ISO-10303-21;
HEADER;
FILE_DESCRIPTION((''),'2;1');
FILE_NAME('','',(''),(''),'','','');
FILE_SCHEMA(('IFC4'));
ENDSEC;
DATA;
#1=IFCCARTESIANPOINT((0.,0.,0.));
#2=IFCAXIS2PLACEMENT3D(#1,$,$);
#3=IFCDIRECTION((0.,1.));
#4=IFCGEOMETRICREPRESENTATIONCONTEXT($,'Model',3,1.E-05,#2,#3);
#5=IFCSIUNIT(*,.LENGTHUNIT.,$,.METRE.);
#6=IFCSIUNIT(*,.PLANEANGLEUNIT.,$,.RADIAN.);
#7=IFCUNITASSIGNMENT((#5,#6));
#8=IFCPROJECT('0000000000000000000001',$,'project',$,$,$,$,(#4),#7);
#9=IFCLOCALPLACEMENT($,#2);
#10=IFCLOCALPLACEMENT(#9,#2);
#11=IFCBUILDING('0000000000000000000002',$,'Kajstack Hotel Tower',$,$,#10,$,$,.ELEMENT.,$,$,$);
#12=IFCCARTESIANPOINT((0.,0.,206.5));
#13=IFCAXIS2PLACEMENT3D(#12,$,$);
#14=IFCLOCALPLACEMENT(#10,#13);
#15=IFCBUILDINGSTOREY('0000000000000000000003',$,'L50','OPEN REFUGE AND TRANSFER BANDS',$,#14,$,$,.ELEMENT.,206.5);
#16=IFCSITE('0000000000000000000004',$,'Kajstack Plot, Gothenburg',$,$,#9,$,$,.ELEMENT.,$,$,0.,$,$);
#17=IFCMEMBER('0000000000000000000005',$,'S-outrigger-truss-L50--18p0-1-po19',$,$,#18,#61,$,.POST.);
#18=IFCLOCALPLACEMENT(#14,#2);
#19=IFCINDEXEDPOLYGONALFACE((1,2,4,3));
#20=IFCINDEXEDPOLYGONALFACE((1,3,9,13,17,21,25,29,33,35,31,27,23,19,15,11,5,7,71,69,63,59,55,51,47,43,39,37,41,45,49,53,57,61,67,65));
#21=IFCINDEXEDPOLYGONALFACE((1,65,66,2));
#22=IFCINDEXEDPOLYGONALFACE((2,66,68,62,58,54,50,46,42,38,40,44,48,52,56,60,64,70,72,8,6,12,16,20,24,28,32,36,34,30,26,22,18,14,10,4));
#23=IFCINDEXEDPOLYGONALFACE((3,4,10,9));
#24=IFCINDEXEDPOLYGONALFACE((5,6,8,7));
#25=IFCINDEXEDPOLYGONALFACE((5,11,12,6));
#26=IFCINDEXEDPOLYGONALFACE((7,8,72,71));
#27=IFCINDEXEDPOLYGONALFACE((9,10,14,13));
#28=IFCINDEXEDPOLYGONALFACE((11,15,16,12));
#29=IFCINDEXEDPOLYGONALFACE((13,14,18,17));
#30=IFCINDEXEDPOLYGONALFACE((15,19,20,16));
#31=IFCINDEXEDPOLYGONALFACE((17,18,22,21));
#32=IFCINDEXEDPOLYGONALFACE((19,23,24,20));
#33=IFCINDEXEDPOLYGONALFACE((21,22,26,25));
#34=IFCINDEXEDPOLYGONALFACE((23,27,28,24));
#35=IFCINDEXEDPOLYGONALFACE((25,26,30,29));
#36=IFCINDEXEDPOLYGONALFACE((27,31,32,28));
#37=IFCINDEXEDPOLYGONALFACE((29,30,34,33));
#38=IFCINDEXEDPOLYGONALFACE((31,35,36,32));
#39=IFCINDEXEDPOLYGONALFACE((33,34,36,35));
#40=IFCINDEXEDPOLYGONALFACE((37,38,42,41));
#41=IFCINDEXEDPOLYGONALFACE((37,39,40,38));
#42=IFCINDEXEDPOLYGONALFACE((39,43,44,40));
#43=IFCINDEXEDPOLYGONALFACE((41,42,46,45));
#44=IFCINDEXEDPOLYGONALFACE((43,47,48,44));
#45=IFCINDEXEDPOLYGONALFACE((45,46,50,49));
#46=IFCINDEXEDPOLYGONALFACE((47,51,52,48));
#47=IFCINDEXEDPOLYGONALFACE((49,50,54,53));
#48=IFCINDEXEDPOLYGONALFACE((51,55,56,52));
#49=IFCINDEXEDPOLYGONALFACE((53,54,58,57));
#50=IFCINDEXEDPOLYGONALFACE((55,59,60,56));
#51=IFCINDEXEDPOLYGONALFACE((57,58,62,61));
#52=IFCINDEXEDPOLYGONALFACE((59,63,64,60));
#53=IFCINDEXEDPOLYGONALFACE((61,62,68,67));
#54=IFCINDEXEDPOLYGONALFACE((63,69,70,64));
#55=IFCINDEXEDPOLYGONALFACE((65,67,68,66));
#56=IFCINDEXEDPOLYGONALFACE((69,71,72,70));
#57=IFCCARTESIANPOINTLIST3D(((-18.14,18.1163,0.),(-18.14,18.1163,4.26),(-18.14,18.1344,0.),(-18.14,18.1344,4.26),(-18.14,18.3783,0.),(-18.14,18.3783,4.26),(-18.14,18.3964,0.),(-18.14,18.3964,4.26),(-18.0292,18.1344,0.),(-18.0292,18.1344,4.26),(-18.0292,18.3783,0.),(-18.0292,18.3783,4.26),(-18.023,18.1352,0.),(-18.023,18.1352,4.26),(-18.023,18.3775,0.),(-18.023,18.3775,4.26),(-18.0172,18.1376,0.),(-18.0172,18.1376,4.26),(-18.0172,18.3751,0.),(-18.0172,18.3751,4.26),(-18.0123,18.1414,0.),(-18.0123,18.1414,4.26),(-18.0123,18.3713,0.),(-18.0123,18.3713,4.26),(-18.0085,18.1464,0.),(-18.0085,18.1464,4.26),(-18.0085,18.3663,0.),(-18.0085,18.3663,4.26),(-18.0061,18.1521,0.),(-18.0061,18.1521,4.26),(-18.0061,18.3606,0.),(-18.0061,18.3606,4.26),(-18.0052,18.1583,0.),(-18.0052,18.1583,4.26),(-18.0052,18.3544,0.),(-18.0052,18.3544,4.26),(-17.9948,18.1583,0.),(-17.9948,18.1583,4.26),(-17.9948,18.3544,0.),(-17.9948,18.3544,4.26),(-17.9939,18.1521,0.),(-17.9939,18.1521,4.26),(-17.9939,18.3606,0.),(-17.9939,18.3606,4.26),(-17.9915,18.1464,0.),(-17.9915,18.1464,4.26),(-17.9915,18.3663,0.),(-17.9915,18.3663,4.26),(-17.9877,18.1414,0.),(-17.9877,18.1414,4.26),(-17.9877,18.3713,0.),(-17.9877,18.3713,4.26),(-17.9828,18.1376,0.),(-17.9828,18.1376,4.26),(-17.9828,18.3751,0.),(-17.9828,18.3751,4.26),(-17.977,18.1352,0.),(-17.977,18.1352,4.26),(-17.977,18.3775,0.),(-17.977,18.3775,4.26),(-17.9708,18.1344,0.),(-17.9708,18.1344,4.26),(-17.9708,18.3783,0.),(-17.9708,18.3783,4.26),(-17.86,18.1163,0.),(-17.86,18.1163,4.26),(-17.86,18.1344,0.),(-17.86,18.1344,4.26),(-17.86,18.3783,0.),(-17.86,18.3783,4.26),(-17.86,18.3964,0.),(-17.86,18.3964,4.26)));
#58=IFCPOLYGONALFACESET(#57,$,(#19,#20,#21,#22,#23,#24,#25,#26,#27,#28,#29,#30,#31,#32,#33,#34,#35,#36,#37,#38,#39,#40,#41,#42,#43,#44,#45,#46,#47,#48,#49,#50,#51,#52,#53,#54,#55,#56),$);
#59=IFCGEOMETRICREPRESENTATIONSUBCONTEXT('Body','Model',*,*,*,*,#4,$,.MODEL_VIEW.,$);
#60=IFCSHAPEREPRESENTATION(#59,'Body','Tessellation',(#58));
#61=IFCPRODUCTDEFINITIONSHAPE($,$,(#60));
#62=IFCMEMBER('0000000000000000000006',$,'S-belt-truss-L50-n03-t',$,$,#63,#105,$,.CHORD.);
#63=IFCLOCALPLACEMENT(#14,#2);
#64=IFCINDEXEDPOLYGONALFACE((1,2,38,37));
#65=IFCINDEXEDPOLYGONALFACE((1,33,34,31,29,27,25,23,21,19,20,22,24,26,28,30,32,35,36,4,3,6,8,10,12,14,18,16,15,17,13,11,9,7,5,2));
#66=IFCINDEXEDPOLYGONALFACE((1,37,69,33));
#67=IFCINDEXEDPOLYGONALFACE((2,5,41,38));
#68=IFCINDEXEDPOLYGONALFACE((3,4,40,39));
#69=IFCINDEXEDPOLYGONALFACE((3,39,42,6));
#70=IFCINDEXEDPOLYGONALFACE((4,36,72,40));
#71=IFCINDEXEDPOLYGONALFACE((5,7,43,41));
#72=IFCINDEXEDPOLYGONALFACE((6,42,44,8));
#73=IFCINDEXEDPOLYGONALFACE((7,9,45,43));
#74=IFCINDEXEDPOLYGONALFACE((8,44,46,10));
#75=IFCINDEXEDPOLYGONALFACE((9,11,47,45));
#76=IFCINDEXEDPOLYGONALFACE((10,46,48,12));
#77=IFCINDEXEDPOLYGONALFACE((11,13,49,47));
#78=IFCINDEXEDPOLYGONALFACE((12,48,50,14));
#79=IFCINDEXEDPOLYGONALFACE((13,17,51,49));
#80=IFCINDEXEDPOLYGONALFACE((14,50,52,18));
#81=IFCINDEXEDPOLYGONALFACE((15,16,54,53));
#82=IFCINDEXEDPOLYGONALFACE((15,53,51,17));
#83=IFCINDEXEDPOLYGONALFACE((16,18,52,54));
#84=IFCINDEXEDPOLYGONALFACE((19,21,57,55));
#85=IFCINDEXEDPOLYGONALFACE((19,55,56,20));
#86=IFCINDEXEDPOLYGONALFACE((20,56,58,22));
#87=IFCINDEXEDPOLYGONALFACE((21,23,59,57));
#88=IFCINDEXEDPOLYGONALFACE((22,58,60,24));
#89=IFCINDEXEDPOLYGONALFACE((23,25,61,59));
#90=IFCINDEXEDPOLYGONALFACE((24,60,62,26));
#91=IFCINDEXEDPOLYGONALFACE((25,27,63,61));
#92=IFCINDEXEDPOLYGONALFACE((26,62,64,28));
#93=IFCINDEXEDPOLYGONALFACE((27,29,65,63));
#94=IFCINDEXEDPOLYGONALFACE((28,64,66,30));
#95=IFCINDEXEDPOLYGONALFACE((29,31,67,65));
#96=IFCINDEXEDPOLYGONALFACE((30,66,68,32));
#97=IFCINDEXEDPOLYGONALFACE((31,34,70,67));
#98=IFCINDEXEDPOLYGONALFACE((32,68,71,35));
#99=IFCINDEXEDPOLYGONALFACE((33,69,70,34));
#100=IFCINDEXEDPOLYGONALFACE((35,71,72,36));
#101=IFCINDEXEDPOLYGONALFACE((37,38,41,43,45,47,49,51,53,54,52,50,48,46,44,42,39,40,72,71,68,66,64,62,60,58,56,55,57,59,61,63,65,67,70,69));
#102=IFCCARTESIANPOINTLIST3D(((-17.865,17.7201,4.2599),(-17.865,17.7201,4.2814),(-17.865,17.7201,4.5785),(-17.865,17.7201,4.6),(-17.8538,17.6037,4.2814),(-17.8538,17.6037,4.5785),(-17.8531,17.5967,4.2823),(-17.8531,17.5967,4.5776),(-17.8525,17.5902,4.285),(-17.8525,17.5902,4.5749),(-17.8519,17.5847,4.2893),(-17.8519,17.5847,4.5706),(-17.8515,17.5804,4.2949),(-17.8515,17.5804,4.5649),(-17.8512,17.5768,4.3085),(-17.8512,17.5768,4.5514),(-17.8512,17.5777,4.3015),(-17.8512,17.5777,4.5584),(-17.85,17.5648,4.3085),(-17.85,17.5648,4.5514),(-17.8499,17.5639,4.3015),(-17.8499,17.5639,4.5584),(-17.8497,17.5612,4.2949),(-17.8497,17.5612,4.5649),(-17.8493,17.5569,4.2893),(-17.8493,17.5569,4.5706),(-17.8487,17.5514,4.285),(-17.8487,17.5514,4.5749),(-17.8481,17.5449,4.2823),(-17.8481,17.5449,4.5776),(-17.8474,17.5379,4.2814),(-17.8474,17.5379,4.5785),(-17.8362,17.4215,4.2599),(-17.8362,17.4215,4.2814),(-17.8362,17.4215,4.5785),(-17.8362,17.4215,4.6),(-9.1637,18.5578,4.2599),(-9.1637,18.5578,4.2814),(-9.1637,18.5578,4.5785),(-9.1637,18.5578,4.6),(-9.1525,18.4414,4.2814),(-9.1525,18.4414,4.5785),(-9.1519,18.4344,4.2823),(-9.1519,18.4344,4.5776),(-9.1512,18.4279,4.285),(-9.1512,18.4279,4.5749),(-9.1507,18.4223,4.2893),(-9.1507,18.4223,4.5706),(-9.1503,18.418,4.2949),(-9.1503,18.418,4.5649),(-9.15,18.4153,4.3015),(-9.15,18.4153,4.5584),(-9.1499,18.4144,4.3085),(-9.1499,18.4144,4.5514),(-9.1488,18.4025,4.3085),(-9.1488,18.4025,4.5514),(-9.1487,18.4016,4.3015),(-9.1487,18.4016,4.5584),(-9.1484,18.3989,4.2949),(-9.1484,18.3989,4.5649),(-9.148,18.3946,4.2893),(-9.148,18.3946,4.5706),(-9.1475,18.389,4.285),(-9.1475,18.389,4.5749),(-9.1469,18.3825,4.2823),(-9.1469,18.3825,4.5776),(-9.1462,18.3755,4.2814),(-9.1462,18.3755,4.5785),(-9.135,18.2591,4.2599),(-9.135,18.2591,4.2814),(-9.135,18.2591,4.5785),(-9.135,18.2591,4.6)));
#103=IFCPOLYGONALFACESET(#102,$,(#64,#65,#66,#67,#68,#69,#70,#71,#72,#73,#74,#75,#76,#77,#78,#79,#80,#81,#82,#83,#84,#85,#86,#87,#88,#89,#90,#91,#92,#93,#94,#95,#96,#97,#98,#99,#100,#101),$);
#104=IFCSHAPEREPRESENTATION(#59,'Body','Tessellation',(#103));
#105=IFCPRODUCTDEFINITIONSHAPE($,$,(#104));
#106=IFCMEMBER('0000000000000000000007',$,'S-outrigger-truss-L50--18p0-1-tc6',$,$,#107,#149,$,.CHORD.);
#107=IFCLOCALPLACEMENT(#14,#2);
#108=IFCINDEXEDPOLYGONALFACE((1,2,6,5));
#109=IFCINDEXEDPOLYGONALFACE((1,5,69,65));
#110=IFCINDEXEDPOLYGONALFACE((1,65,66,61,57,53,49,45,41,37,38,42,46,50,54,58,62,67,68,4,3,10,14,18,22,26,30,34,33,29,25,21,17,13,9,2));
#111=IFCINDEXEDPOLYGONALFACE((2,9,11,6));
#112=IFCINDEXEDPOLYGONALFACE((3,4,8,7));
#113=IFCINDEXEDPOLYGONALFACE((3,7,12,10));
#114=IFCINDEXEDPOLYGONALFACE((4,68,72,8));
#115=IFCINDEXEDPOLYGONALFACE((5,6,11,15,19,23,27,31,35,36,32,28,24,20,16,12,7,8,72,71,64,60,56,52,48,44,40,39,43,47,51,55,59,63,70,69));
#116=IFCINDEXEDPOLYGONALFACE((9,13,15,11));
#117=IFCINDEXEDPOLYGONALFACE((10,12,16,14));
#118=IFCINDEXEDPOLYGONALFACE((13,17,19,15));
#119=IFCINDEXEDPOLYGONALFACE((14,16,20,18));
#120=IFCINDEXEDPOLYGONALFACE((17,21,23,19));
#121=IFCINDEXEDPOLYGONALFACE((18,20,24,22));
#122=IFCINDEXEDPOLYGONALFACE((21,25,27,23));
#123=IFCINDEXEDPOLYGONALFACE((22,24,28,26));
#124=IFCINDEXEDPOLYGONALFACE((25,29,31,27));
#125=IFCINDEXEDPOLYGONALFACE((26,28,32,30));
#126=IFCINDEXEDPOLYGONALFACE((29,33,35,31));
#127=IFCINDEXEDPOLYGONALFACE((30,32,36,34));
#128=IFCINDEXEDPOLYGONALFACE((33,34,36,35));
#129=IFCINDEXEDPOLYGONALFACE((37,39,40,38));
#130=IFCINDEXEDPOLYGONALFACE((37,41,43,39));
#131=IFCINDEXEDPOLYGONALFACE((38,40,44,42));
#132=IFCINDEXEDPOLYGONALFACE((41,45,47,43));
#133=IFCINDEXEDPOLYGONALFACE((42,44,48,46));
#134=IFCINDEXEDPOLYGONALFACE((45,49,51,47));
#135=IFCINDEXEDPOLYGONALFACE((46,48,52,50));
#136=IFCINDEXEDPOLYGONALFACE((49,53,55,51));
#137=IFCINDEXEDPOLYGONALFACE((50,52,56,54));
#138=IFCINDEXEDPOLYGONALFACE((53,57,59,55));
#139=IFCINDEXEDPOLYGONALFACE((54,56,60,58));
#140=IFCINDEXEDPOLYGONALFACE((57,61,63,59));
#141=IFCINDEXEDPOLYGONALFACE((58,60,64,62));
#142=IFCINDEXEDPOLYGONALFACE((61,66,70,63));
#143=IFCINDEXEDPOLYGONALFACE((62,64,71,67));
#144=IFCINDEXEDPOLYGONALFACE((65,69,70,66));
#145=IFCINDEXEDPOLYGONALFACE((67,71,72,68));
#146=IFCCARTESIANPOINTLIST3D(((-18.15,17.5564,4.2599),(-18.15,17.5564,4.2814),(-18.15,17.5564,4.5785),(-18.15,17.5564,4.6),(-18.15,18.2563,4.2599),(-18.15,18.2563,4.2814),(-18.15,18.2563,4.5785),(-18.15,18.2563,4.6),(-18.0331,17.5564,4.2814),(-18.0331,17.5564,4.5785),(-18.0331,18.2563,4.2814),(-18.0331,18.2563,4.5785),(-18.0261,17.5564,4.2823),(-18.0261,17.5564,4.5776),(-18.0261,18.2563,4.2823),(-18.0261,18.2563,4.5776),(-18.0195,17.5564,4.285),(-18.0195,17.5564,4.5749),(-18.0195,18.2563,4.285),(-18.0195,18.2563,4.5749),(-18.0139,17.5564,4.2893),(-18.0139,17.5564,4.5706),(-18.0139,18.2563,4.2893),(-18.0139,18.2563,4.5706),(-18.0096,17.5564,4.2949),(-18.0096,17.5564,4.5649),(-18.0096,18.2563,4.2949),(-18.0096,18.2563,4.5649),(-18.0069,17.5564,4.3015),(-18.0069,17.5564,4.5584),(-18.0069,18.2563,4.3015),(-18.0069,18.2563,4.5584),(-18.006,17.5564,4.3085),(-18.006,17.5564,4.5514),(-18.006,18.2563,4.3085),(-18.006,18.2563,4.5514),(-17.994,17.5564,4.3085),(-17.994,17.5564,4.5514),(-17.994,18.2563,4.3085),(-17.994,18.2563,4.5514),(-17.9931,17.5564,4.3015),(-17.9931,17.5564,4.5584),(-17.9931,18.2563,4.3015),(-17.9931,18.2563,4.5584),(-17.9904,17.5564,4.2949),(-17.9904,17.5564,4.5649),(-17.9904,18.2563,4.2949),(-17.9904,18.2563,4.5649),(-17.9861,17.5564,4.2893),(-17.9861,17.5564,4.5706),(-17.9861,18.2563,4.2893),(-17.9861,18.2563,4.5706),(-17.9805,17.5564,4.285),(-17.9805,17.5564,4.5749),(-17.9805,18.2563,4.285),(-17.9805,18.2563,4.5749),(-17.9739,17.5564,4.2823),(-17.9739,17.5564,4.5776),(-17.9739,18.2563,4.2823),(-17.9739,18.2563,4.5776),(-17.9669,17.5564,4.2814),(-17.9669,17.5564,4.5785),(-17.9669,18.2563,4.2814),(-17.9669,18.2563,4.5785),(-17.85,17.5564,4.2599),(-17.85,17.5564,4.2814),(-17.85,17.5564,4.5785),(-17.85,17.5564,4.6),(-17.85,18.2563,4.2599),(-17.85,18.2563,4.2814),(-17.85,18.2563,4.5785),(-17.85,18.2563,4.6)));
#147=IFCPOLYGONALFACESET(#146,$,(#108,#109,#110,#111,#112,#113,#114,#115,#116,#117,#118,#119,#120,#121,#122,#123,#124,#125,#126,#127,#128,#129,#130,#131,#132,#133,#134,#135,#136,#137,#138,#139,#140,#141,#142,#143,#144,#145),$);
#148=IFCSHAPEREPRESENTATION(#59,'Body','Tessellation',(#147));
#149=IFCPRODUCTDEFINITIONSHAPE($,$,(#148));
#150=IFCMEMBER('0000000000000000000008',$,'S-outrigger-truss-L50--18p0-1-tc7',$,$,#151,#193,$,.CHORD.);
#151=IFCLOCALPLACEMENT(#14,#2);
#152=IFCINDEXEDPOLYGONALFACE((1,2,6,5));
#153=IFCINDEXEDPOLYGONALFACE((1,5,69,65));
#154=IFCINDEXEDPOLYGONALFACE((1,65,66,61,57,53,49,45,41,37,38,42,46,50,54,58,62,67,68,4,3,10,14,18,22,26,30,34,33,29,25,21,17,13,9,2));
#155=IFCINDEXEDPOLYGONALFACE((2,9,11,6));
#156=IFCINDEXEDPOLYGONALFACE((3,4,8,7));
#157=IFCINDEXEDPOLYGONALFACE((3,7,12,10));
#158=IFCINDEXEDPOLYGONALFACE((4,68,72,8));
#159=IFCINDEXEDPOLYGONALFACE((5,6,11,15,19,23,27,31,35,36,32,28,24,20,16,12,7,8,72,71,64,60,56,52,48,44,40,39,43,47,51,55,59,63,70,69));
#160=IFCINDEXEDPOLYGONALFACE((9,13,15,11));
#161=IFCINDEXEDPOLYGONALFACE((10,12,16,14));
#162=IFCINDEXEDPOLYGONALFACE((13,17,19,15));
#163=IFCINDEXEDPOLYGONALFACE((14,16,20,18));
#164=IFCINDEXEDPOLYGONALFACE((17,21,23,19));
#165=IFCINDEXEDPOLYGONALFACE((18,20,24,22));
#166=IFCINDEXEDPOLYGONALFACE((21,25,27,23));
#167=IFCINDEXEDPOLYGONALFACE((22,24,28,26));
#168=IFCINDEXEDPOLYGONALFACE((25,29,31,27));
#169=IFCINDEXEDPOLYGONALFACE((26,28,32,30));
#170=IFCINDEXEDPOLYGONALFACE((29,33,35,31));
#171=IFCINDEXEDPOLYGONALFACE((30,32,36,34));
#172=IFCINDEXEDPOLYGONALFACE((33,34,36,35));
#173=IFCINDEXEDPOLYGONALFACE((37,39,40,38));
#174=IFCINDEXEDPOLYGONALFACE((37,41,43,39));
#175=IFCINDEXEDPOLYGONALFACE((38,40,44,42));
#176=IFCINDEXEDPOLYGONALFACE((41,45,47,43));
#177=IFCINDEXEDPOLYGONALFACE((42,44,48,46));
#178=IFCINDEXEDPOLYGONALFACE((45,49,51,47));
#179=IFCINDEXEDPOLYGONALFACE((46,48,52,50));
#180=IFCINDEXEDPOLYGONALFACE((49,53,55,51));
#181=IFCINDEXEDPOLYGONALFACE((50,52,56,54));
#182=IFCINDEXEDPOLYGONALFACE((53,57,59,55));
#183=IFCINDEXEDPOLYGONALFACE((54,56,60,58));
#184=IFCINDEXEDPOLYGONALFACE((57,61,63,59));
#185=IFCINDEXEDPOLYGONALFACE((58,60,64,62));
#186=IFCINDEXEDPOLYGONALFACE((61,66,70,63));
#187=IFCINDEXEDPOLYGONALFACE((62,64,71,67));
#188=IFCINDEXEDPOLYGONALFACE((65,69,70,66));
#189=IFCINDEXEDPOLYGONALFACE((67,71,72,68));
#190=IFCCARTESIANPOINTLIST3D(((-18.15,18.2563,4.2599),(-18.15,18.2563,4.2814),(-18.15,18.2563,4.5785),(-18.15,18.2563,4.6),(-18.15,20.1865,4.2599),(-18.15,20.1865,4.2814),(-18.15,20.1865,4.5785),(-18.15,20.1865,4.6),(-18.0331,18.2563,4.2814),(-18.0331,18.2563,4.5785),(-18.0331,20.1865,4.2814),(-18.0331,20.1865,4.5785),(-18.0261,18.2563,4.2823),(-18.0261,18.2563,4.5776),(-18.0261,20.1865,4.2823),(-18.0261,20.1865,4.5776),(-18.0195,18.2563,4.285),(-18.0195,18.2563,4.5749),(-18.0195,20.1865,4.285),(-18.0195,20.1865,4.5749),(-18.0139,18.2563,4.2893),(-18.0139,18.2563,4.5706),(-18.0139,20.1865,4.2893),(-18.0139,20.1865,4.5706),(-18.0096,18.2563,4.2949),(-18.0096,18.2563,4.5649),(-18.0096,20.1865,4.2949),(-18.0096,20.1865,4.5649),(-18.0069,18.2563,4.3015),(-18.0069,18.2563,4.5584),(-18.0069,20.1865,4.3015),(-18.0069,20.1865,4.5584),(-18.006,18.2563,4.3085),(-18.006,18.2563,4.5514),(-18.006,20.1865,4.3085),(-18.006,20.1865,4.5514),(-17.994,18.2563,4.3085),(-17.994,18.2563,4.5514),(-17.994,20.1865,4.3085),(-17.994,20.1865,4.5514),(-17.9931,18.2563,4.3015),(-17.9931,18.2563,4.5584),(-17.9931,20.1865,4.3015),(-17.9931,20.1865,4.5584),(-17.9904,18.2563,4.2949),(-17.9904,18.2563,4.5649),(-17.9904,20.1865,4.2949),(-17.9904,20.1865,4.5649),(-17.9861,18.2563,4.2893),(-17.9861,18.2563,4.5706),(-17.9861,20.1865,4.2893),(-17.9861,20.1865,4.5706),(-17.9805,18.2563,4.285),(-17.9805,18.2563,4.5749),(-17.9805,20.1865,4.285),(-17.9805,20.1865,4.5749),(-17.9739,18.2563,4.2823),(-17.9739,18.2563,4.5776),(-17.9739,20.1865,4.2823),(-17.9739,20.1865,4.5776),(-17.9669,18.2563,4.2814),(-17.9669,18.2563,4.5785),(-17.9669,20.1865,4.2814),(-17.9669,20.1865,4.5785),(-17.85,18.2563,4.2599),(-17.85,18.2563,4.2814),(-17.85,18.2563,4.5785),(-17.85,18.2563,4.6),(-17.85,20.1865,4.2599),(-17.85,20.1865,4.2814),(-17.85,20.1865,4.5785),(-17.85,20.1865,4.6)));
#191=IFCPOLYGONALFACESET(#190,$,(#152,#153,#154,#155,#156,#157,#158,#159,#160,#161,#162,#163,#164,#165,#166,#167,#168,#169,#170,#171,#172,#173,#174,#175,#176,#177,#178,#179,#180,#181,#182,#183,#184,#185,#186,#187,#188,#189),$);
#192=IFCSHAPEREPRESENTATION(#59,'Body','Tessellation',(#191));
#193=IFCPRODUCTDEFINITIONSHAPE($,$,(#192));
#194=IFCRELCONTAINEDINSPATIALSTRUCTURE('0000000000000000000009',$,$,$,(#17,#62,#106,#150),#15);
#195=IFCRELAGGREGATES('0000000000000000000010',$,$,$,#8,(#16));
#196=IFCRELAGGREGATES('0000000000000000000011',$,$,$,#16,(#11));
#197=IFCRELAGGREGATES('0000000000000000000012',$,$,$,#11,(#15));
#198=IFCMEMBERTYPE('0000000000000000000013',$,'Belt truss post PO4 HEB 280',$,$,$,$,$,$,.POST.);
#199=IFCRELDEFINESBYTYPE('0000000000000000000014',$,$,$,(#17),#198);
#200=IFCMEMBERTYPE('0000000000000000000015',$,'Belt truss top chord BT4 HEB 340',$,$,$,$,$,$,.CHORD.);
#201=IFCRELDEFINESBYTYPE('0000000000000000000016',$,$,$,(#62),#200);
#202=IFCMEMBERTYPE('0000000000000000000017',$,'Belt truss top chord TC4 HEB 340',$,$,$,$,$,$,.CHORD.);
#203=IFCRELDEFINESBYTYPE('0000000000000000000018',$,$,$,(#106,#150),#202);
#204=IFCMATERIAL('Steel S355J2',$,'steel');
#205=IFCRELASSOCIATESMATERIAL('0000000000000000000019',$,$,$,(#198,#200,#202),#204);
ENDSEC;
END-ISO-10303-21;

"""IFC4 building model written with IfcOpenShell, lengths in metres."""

from ifc_helpers import new_model, si_unit, direction, frame, origin, origin_2d, place, context, subcontext, project, spatial, i_section, extrude, material, material_profile, profile_set, type_object, element, save


model = new_model("IFC4")

# Units and contexts
model_context = context("Model", 3, precision=1e-05, world=origin(), true_north=direction((0.0, 1.0)))
body_context = subcontext(model_context, "Body", "Model", "MODEL_VIEW")
ifc_project = project(units=[si_unit("LENGTHUNIT", "METRE"), si_unit("PLANEANGLEUNIT", "RADIAN")], contexts=[model_context])

# Site, building, storey
site_placement = place(None, origin())
site = spatial("IfcSite", under=ifc_project, at=site_placement, Name="Kajstack Plot, Gothenburg", CompositionType="ELEMENT", RefElevation=0.0)
building_placement = place(site_placement, origin())
building = spatial("IfcBuilding", under=site, at=building_placement, Name="Kajstack Hotel Tower", CompositionType="ELEMENT")
storey_placement = place(building_placement, frame((0.0, 0.0, 206.5)))
storey = spatial("IfcBuildingStorey", under=building, at=storey_placement, Name="L50", Description="OPEN REFUGE AND TRANSFER BANDS", CompositionType="ELEMENT", Elevation=206.5)

# Members
ifc_material = material(Name="Steel S355J2", Category="steel")
ifc_material_profile_1 = material_profile(ifc_material, i_section(OverallWidth=0.28, OverallDepth=0.28, WebThickness=0.0105, FlangeThickness=0.0181, FilletRadius=0.0239, at=origin_2d()), Name="HEB 280")
ifc_profile_set_1 = profile_set([ifc_material_profile_1], Name="Steel S355J2")
member_type_1 = type_object("IfcMemberType", Name="Belt truss post PO4 HEB 280", PredefinedType="POST", material=ifc_profile_set_1)
for number, where, z_axis, x_axis, name in (
    (1, (-18.0, 18.2563, 0.0), (0.0, 0.0, 1.0), (1.0, 0.0, 0.0), "S-outrigger-truss-L50--18p0-1-po19"),
):
    element("IfcMember", number, at=place(storey_placement, frame(where, z_axis=z_axis, x_axis=x_axis)), inside=storey, type_object=member_type_1, Name=name, PredefinedType="POST", context=body_context, shape_type="SweptSolid", body=[
        extrude(i_section(OverallWidth=0.28, OverallDepth=0.28, WebThickness=0.0105, FlangeThickness=0.0181, FilletRadius=0.0239, at=origin_2d()), origin(), (0.0, 0.0, 1.0), 4.26),
    ])
ifc_material_profile_2 = material_profile(ifc_material, i_section(OverallWidth=0.3, OverallDepth=0.3401, WebThickness=0.012, FlangeThickness=0.0215, FilletRadius=0.0271, at=origin_2d()), Name="HEB 340")
ifc_profile_set_2 = profile_set([ifc_material_profile_2], Name="Steel S355J2")
member_type_2 = type_object("IfcMemberType", Name="Belt truss top chord BT4 HEB 340", PredefinedType="CHORD", material=ifc_profile_set_2)
member_1_placement = place(storey_placement, frame((-17.8506, 17.5708, 4.4299), z_axis=(0.995398, 0.095825, 0.0), x_axis=(-0.095825, 0.995398, 0.0)))
element("IfcMember", 2, at=member_1_placement, inside=storey, type_object=member_type_2, Name="S-belt-truss-L50-n03-t", PredefinedType="CHORD", context=body_context, shape_type="SweptSolid", body=[
    extrude(i_section(OverallWidth=0.3, OverallDepth=0.3401, WebThickness=0.012, FlangeThickness=0.0215, FilletRadius=0.0271, at=origin_2d()), origin(), (0.0, 0.0, 1.0), 8.7415),
])
ifc_material_profile_3 = material_profile(ifc_material, i_section(OverallWidth=0.3, OverallDepth=0.3401, WebThickness=0.012, FlangeThickness=0.0215, FilletRadius=0.0271, at=origin_2d()), Name="HEB 340")
ifc_profile_set_3 = profile_set([ifc_material_profile_3], Name="Steel S355J2")
member_type_3 = type_object("IfcMemberType", Name="Belt truss top chord TC4 HEB 340", PredefinedType="CHORD", material=ifc_profile_set_3)
member_2_placement = place(storey_placement, frame((-18.0, 17.5564, 4.4299), z_axis=(0.0, 1.0, 0.0), x_axis=(-1.0, 0.0, 0.0)))
element("IfcMember", 3, at=member_2_placement, inside=storey, type_object=member_type_3, Name="S-outrigger-truss-L50--18p0-1-tc6", PredefinedType="CHORD", context=body_context, shape_type="SweptSolid", body=[
    extrude(i_section(OverallWidth=0.3, OverallDepth=0.3401, WebThickness=0.012, FlangeThickness=0.0215, FilletRadius=0.0271, at=origin_2d()), origin(), (0.0, 0.0, 1.0), 0.7),
])
member_3_placement = place(storey_placement, frame((-18.0, 18.2563, 4.4299), z_axis=(0.0, 1.0, 0.0), x_axis=(-1.0, 0.0, 0.0)))
element("IfcMember", 4, at=member_3_placement, inside=storey, type_object=member_type_3, Name="S-outrigger-truss-L50--18p0-1-tc7", PredefinedType="CHORD", context=body_context, shape_type="SweptSolid", body=[
    extrude(i_section(OverallWidth=0.3, OverallDepth=0.3401, WebThickness=0.012, FlangeThickness=0.0215, FilletRadius=0.0271, at=origin_2d()), origin(), (0.0, 0.0, 1.0), 1.9302),
])

save(model, "model.ifc")
